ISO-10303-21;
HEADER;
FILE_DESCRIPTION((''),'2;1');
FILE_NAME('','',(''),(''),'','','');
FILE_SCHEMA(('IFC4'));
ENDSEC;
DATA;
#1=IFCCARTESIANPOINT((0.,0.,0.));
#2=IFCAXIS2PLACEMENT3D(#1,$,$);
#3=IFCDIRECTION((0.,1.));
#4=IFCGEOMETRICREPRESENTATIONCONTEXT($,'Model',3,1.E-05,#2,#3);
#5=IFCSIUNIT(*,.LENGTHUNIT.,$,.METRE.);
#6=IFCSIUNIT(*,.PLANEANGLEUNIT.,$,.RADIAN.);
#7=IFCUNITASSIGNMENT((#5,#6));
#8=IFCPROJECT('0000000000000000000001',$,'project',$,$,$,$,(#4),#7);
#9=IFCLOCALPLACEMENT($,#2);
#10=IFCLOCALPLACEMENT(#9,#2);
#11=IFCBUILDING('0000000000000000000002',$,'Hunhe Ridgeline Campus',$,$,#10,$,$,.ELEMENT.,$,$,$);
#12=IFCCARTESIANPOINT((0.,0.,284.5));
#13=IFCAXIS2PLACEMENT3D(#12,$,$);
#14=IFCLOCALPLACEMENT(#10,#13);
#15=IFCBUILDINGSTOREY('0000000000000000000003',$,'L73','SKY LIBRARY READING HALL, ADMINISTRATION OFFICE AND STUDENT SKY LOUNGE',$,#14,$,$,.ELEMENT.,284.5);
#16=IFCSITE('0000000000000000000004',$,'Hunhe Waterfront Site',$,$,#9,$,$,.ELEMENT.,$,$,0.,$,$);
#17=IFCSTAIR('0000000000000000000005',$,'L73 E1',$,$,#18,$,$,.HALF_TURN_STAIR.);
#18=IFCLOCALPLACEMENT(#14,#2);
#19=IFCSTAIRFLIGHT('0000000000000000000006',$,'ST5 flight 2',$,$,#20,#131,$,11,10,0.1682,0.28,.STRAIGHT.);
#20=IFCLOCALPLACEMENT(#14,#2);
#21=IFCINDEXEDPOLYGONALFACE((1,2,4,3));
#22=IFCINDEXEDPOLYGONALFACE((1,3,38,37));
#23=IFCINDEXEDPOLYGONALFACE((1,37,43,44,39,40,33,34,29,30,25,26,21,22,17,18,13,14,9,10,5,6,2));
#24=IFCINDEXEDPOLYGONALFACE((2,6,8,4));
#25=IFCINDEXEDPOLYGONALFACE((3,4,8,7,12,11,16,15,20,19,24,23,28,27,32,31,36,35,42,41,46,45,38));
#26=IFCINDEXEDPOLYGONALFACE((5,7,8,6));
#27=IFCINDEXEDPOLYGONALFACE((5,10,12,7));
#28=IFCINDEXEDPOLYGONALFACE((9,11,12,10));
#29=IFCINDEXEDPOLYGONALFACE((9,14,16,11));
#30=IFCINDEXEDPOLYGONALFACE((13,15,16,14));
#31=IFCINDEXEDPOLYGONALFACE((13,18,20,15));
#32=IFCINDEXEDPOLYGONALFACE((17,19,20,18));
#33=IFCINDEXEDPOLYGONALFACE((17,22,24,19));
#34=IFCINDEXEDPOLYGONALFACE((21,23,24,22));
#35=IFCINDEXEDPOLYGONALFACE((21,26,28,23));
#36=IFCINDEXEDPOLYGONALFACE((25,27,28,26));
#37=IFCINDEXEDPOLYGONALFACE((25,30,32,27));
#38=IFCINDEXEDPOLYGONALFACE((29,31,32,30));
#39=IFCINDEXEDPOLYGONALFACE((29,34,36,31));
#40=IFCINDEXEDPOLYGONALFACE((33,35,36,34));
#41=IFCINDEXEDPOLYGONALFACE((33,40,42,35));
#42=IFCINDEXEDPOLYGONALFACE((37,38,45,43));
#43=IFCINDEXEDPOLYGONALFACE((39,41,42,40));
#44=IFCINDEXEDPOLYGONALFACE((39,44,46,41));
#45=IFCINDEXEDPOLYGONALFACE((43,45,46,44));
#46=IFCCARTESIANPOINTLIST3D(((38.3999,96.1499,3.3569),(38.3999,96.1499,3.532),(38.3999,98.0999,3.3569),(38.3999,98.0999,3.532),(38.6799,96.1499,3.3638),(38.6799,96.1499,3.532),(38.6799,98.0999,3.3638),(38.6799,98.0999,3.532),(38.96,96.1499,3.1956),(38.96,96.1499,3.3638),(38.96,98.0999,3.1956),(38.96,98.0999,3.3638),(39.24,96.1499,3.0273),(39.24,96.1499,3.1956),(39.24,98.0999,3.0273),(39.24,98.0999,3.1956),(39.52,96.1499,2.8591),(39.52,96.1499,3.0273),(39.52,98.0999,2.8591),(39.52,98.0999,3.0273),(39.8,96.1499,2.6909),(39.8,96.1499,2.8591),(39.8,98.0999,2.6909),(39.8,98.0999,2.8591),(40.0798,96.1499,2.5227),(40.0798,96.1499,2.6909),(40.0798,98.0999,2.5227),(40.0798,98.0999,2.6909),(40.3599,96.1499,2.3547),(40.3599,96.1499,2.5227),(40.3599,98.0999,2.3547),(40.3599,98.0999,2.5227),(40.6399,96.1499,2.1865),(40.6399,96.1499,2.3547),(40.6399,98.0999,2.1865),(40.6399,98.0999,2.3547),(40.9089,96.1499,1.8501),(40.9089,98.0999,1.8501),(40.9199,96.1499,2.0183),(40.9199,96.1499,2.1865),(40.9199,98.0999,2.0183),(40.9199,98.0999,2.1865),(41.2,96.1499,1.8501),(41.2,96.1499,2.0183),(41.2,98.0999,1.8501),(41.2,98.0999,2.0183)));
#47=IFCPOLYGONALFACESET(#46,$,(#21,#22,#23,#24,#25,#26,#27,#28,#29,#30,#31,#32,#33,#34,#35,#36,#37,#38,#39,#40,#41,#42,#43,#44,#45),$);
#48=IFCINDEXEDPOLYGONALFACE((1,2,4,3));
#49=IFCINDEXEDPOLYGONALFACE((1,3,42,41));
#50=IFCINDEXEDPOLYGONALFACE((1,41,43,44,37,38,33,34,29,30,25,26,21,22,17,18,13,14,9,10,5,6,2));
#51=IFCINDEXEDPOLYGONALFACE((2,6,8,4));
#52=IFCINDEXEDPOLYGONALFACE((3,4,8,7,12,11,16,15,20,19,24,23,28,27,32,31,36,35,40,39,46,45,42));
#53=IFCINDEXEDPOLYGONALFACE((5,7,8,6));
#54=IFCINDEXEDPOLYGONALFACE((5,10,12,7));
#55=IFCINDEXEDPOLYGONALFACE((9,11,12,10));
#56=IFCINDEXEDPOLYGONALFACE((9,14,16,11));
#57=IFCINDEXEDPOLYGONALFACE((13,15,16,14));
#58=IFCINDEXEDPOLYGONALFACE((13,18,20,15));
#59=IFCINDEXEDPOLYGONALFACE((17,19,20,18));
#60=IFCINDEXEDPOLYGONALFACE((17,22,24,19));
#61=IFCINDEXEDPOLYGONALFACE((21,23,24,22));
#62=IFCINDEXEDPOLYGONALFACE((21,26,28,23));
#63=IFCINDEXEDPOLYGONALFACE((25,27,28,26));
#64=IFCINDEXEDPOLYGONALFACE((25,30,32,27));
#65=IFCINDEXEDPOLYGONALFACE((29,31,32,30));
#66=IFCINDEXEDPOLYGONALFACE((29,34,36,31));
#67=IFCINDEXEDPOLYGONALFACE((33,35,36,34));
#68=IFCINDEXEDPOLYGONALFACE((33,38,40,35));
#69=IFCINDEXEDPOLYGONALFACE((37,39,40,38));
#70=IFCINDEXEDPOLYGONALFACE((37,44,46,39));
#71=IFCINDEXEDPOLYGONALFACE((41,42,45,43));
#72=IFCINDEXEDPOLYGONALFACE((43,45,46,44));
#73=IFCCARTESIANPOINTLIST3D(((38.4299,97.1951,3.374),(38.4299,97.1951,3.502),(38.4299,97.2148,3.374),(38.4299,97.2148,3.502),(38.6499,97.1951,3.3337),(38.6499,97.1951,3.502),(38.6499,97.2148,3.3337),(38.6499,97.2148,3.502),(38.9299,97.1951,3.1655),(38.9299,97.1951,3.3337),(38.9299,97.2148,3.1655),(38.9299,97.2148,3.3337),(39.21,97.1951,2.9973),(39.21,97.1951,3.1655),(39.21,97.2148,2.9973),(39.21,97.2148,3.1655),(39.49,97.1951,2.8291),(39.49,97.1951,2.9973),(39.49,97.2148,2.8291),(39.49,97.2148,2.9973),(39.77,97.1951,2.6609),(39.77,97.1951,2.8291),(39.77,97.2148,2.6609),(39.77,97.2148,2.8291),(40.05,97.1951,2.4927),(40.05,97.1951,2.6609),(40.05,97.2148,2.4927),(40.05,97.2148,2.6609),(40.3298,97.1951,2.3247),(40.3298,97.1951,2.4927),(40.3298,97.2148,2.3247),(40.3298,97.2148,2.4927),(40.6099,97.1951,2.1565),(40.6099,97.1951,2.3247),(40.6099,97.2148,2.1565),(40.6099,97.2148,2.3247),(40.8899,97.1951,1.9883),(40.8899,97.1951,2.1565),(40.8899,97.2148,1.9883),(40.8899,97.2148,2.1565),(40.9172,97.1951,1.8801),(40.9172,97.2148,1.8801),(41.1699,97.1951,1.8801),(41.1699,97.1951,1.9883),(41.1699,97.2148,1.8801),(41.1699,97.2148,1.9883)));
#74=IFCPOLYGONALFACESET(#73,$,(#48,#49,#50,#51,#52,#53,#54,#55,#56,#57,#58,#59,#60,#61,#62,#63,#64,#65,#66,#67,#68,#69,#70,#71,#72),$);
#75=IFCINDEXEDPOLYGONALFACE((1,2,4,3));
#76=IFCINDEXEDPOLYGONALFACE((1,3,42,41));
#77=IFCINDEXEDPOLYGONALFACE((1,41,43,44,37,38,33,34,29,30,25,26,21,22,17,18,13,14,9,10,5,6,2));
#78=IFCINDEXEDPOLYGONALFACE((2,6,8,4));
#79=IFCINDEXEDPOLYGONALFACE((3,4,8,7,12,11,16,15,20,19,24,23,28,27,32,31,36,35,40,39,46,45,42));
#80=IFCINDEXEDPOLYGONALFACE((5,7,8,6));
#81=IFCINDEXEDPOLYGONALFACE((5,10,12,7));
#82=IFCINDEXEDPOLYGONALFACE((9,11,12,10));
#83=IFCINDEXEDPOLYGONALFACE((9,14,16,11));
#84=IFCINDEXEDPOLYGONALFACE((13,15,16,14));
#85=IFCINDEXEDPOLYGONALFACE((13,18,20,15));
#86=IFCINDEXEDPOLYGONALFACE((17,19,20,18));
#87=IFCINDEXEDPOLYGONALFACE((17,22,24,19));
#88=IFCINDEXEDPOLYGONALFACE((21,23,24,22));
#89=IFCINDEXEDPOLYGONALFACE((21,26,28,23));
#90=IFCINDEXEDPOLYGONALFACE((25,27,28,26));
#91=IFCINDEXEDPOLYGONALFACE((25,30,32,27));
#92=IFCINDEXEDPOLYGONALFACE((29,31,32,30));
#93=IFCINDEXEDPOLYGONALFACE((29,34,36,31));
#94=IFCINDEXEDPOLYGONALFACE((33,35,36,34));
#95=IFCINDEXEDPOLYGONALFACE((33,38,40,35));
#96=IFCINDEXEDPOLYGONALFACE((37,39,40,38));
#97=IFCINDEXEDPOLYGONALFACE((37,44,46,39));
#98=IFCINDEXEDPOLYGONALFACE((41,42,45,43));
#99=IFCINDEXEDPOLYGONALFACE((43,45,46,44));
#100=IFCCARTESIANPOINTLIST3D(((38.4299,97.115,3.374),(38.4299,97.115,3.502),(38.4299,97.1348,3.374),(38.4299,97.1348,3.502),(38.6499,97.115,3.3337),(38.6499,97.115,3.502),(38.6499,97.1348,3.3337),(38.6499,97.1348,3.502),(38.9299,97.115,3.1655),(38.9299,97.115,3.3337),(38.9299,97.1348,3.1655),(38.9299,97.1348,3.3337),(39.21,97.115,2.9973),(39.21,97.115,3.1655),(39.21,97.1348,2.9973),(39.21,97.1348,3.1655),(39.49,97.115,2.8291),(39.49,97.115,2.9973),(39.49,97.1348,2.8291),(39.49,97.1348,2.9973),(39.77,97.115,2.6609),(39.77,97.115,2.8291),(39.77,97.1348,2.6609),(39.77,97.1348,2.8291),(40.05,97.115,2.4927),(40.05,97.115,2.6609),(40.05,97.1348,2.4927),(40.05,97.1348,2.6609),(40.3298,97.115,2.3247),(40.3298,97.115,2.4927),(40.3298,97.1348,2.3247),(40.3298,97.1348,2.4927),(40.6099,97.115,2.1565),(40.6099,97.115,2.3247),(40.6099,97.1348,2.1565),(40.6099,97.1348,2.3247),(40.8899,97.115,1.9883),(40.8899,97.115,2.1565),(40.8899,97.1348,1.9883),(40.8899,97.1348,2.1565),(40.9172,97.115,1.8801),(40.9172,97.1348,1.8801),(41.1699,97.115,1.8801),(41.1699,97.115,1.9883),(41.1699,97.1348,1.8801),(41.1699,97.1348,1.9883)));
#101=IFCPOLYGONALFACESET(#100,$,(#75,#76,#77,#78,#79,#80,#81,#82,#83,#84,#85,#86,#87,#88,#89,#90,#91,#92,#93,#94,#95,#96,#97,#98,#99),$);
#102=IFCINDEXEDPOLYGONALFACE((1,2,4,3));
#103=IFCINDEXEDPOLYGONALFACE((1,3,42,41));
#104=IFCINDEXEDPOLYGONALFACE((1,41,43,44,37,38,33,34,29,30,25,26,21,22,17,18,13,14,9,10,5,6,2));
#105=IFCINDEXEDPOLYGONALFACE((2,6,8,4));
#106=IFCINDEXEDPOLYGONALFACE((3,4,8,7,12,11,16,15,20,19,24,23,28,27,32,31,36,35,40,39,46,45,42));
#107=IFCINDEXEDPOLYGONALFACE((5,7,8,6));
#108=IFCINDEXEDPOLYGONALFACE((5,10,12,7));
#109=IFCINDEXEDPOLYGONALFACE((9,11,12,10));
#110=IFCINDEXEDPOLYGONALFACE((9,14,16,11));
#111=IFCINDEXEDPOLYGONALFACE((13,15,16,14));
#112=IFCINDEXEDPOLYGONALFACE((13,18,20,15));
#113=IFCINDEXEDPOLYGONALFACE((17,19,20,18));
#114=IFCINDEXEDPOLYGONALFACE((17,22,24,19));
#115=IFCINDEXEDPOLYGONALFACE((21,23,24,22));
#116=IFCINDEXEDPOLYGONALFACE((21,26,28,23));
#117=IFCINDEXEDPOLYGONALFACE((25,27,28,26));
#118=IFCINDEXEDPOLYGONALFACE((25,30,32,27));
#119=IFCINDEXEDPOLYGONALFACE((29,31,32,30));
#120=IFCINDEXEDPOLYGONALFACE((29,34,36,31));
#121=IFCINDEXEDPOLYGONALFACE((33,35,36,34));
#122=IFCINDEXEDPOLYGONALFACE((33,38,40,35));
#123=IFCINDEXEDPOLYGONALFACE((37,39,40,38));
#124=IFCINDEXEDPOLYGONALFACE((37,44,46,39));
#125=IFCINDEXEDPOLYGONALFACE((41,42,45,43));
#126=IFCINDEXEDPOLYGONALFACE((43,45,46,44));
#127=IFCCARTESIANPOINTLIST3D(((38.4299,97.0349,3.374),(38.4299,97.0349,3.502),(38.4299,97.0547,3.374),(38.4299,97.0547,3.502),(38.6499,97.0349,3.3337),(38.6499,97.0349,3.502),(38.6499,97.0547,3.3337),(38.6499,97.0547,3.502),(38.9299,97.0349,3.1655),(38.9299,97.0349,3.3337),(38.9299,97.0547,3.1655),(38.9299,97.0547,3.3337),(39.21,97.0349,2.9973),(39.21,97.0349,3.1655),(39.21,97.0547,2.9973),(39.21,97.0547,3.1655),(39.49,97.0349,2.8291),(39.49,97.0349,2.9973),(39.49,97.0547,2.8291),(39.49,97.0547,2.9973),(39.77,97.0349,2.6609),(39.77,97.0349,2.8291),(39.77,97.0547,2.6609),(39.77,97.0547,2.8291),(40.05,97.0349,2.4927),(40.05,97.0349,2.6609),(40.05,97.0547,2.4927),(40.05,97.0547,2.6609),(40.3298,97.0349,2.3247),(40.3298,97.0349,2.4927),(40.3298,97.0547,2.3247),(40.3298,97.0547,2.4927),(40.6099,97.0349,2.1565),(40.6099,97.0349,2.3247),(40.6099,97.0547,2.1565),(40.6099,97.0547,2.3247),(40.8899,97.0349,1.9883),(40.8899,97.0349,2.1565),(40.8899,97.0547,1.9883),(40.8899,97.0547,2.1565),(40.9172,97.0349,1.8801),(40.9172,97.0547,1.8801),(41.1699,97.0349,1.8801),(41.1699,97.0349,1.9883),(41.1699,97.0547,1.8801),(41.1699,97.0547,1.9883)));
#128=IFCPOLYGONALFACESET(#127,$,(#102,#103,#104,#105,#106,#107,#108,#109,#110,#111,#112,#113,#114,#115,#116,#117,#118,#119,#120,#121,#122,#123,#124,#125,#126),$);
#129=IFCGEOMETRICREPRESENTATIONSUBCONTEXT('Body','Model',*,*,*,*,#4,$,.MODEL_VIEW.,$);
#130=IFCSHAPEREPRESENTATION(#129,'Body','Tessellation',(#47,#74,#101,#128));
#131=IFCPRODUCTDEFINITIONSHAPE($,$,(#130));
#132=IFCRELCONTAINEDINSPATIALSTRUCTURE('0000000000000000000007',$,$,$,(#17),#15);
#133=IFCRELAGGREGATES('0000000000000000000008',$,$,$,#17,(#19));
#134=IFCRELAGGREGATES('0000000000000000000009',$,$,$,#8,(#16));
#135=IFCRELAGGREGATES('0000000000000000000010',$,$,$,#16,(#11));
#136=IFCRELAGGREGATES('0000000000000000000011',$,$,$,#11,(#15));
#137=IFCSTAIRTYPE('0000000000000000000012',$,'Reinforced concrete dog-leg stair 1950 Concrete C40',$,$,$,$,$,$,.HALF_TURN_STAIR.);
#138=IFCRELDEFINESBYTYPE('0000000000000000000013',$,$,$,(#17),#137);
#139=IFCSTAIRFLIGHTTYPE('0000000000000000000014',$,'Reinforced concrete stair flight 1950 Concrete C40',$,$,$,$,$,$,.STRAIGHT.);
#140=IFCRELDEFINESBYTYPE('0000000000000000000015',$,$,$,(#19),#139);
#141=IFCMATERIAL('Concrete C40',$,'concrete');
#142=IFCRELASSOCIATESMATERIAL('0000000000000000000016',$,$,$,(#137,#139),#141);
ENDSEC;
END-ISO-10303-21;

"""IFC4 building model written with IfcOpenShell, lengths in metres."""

from ifc_helpers import new_model, si_unit, direction, frame, origin, place, context, subcontext, project, spatial, polyline, outline, extrude, material, type_object, element, aggregate, save


model = new_model("IFC4")

# Units and contexts
model_context = context("Model", 3, precision=1e-05, world=origin(), true_north=direction((0.0, 1.0)))
body_context = subcontext(model_context, "Body", "Model", "MODEL_VIEW")
ifc_project = project(units=[si_unit("LENGTHUNIT", "METRE"), si_unit("PLANEANGLEUNIT", "RADIAN")], contexts=[model_context])

# Site, building, storey
site_placement = place(None, origin())
site = spatial("IfcSite", under=ifc_project, at=site_placement, Name="Hunhe Waterfront Site", CompositionType="ELEMENT", RefElevation=0.0)
building_placement = place(site_placement, origin())
building = spatial("IfcBuilding", under=site, at=building_placement, Name="Hunhe Ridgeline Campus", CompositionType="ELEMENT")
storey_placement = place(building_placement, frame((0.0, 0.0, 284.5)))
storey = spatial("IfcBuildingStorey", under=building, at=storey_placement, Name="L73", Description="SKY LIBRARY READING HALL, ADMINISTRATION OFFICE AND STUDENT SKY LOUNGE", CompositionType="ELEMENT", Elevation=284.5)

# Stair, stair flight
ifc_material_1 = material(Name="Concrete C40", Category="concrete")
stair_type = type_object("IfcStairType", Name="Reinforced concrete dog-leg stair 1950 Concrete C40", PredefinedType="HALF_TURN_STAIR", material=ifc_material_1)
stair_placement = place(storey_placement, origin())
stair = element("IfcStair", 1, at=stair_placement, inside=storey, type_object=stair_type, Name="L73 E1", PredefinedType="HALF_TURN_STAIR")
stair_flight_type = type_object("IfcStairFlightType", Name="Reinforced concrete stair flight 1950 Concrete C40", PredefinedType="STRAIGHT", material=ifc_material_1)
stair_flight_1_placement = place(storey_placement, frame((41.2, 97.125, 1.8501), z_axis=(0.0, 0.0, 1.0), x_axis=(-1.0, 0.0, 0.0)))
stair_flight_1 = element("IfcStairFlight", 2, at=stair_flight_1_placement, type_object=stair_flight_type, Name="ST5 flight 2", NumberOfRisers=11, NumberOfTreads=10, PredefinedType="STRAIGHT", RiserHeight=0.1682, TreadLength=0.28, context=body_context, shape_type="SweptSolid", body=[
    extrude(outline(polyline([(0.0, 0.0), (0.0, 0.1682), (0.28, 0.1682), (0.28, 0.3364), (0.5601, 0.3364), (0.5601, 0.5046), (0.8401, 0.5046), (0.8401, 0.6726), (1.1201, 0.6726), (1.1201, 0.8408), (1.3999, 0.8408), (1.3999, 1.009), (1.6799, 1.009), (1.6799, 1.1772), (1.96, 1.1772), (1.96, 1.3455), (2.24, 1.3455), (2.24, 1.5137), (2.52, 1.5137), (2.52, 1.6819), (2.8, 1.6819), (2.8, 1.8501), (2.8, 1.5068), (0.291, 0.0), (0.0, 0.0)])), frame((0.0, 0.9751, 0.0), z_axis=(0.0, -1.0, 0.0), x_axis=(1.0, 0.0, 0.0)), (0.0, 0.0, 1.0), 1.95),
    extrude(outline(polyline([(0.03, 0.03), (0.03, 0.1382), (0.3101, 0.1382), (0.3101, 0.3064), (0.5901, 0.3064), (0.5901, 0.4746), (0.8701, 0.4746), (0.8701, 0.6426), (1.1499, 0.6426), (1.1499, 0.8108), (1.4299, 0.8108), (1.4299, 0.979), (1.71, 0.979), (1.71, 1.1472), (1.99, 1.1472), (1.99, 1.3154), (2.27, 1.3154), (2.27, 1.4836), (2.55, 1.4836), (2.55, 1.6519), (2.77, 1.6519), (2.77, 1.5239), (0.2827, 0.03), (0.03, 0.03)])), frame((0.0, -0.0701, 0.0), z_axis=(0.0, -1.0, 0.0), x_axis=(1.0, 0.0, 0.0)), (0.0, 0.0, 1.0), 0.0198),
    extrude(outline(polyline([(0.03, 0.03), (0.03, 0.1382), (0.3101, 0.1382), (0.3101, 0.3064), (0.5901, 0.3064), (0.5901, 0.4746), (0.8701, 0.4746), (0.8701, 0.6426), (1.1499, 0.6426), (1.1499, 0.8108), (1.4299, 0.8108), (1.4299, 0.979), (1.71, 0.979), (1.71, 1.1472), (1.99, 1.1472), (1.99, 1.3154), (2.27, 1.3154), (2.27, 1.4836), (2.55, 1.4836), (2.55, 1.6519), (2.77, 1.6519), (2.77, 1.5239), (0.2827, 0.03), (0.03, 0.03)])), frame((0.0, 0.01, 0.0), z_axis=(0.0, -1.0, 0.0), x_axis=(1.0, 0.0, 0.0)), (0.0, 0.0, 1.0), 0.0198),
    extrude(outline(polyline([(0.03, 0.03), (0.03, 0.1382), (0.3101, 0.1382), (0.3101, 0.3064), (0.5901, 0.3064), (0.5901, 0.4746), (0.8701, 0.4746), (0.8701, 0.6426), (1.1499, 0.6426), (1.1499, 0.8108), (1.4299, 0.8108), (1.4299, 0.979), (1.71, 0.979), (1.71, 1.1472), (1.99, 1.1472), (1.99, 1.3154), (2.27, 1.3154), (2.27, 1.4836), (2.55, 1.4836), (2.55, 1.6519), (2.77, 1.6519), (2.77, 1.5239), (0.2827, 0.03), (0.03, 0.03)])), frame((0.0, 0.0901, 0.0), z_axis=(0.0, -1.0, 0.0), x_axis=(1.0, 0.0, 0.0)), (0.0, 0.0, 1.0), 0.0198),
])
aggregate(stair, [stair_flight_1])

save(model, "model.ifc")
